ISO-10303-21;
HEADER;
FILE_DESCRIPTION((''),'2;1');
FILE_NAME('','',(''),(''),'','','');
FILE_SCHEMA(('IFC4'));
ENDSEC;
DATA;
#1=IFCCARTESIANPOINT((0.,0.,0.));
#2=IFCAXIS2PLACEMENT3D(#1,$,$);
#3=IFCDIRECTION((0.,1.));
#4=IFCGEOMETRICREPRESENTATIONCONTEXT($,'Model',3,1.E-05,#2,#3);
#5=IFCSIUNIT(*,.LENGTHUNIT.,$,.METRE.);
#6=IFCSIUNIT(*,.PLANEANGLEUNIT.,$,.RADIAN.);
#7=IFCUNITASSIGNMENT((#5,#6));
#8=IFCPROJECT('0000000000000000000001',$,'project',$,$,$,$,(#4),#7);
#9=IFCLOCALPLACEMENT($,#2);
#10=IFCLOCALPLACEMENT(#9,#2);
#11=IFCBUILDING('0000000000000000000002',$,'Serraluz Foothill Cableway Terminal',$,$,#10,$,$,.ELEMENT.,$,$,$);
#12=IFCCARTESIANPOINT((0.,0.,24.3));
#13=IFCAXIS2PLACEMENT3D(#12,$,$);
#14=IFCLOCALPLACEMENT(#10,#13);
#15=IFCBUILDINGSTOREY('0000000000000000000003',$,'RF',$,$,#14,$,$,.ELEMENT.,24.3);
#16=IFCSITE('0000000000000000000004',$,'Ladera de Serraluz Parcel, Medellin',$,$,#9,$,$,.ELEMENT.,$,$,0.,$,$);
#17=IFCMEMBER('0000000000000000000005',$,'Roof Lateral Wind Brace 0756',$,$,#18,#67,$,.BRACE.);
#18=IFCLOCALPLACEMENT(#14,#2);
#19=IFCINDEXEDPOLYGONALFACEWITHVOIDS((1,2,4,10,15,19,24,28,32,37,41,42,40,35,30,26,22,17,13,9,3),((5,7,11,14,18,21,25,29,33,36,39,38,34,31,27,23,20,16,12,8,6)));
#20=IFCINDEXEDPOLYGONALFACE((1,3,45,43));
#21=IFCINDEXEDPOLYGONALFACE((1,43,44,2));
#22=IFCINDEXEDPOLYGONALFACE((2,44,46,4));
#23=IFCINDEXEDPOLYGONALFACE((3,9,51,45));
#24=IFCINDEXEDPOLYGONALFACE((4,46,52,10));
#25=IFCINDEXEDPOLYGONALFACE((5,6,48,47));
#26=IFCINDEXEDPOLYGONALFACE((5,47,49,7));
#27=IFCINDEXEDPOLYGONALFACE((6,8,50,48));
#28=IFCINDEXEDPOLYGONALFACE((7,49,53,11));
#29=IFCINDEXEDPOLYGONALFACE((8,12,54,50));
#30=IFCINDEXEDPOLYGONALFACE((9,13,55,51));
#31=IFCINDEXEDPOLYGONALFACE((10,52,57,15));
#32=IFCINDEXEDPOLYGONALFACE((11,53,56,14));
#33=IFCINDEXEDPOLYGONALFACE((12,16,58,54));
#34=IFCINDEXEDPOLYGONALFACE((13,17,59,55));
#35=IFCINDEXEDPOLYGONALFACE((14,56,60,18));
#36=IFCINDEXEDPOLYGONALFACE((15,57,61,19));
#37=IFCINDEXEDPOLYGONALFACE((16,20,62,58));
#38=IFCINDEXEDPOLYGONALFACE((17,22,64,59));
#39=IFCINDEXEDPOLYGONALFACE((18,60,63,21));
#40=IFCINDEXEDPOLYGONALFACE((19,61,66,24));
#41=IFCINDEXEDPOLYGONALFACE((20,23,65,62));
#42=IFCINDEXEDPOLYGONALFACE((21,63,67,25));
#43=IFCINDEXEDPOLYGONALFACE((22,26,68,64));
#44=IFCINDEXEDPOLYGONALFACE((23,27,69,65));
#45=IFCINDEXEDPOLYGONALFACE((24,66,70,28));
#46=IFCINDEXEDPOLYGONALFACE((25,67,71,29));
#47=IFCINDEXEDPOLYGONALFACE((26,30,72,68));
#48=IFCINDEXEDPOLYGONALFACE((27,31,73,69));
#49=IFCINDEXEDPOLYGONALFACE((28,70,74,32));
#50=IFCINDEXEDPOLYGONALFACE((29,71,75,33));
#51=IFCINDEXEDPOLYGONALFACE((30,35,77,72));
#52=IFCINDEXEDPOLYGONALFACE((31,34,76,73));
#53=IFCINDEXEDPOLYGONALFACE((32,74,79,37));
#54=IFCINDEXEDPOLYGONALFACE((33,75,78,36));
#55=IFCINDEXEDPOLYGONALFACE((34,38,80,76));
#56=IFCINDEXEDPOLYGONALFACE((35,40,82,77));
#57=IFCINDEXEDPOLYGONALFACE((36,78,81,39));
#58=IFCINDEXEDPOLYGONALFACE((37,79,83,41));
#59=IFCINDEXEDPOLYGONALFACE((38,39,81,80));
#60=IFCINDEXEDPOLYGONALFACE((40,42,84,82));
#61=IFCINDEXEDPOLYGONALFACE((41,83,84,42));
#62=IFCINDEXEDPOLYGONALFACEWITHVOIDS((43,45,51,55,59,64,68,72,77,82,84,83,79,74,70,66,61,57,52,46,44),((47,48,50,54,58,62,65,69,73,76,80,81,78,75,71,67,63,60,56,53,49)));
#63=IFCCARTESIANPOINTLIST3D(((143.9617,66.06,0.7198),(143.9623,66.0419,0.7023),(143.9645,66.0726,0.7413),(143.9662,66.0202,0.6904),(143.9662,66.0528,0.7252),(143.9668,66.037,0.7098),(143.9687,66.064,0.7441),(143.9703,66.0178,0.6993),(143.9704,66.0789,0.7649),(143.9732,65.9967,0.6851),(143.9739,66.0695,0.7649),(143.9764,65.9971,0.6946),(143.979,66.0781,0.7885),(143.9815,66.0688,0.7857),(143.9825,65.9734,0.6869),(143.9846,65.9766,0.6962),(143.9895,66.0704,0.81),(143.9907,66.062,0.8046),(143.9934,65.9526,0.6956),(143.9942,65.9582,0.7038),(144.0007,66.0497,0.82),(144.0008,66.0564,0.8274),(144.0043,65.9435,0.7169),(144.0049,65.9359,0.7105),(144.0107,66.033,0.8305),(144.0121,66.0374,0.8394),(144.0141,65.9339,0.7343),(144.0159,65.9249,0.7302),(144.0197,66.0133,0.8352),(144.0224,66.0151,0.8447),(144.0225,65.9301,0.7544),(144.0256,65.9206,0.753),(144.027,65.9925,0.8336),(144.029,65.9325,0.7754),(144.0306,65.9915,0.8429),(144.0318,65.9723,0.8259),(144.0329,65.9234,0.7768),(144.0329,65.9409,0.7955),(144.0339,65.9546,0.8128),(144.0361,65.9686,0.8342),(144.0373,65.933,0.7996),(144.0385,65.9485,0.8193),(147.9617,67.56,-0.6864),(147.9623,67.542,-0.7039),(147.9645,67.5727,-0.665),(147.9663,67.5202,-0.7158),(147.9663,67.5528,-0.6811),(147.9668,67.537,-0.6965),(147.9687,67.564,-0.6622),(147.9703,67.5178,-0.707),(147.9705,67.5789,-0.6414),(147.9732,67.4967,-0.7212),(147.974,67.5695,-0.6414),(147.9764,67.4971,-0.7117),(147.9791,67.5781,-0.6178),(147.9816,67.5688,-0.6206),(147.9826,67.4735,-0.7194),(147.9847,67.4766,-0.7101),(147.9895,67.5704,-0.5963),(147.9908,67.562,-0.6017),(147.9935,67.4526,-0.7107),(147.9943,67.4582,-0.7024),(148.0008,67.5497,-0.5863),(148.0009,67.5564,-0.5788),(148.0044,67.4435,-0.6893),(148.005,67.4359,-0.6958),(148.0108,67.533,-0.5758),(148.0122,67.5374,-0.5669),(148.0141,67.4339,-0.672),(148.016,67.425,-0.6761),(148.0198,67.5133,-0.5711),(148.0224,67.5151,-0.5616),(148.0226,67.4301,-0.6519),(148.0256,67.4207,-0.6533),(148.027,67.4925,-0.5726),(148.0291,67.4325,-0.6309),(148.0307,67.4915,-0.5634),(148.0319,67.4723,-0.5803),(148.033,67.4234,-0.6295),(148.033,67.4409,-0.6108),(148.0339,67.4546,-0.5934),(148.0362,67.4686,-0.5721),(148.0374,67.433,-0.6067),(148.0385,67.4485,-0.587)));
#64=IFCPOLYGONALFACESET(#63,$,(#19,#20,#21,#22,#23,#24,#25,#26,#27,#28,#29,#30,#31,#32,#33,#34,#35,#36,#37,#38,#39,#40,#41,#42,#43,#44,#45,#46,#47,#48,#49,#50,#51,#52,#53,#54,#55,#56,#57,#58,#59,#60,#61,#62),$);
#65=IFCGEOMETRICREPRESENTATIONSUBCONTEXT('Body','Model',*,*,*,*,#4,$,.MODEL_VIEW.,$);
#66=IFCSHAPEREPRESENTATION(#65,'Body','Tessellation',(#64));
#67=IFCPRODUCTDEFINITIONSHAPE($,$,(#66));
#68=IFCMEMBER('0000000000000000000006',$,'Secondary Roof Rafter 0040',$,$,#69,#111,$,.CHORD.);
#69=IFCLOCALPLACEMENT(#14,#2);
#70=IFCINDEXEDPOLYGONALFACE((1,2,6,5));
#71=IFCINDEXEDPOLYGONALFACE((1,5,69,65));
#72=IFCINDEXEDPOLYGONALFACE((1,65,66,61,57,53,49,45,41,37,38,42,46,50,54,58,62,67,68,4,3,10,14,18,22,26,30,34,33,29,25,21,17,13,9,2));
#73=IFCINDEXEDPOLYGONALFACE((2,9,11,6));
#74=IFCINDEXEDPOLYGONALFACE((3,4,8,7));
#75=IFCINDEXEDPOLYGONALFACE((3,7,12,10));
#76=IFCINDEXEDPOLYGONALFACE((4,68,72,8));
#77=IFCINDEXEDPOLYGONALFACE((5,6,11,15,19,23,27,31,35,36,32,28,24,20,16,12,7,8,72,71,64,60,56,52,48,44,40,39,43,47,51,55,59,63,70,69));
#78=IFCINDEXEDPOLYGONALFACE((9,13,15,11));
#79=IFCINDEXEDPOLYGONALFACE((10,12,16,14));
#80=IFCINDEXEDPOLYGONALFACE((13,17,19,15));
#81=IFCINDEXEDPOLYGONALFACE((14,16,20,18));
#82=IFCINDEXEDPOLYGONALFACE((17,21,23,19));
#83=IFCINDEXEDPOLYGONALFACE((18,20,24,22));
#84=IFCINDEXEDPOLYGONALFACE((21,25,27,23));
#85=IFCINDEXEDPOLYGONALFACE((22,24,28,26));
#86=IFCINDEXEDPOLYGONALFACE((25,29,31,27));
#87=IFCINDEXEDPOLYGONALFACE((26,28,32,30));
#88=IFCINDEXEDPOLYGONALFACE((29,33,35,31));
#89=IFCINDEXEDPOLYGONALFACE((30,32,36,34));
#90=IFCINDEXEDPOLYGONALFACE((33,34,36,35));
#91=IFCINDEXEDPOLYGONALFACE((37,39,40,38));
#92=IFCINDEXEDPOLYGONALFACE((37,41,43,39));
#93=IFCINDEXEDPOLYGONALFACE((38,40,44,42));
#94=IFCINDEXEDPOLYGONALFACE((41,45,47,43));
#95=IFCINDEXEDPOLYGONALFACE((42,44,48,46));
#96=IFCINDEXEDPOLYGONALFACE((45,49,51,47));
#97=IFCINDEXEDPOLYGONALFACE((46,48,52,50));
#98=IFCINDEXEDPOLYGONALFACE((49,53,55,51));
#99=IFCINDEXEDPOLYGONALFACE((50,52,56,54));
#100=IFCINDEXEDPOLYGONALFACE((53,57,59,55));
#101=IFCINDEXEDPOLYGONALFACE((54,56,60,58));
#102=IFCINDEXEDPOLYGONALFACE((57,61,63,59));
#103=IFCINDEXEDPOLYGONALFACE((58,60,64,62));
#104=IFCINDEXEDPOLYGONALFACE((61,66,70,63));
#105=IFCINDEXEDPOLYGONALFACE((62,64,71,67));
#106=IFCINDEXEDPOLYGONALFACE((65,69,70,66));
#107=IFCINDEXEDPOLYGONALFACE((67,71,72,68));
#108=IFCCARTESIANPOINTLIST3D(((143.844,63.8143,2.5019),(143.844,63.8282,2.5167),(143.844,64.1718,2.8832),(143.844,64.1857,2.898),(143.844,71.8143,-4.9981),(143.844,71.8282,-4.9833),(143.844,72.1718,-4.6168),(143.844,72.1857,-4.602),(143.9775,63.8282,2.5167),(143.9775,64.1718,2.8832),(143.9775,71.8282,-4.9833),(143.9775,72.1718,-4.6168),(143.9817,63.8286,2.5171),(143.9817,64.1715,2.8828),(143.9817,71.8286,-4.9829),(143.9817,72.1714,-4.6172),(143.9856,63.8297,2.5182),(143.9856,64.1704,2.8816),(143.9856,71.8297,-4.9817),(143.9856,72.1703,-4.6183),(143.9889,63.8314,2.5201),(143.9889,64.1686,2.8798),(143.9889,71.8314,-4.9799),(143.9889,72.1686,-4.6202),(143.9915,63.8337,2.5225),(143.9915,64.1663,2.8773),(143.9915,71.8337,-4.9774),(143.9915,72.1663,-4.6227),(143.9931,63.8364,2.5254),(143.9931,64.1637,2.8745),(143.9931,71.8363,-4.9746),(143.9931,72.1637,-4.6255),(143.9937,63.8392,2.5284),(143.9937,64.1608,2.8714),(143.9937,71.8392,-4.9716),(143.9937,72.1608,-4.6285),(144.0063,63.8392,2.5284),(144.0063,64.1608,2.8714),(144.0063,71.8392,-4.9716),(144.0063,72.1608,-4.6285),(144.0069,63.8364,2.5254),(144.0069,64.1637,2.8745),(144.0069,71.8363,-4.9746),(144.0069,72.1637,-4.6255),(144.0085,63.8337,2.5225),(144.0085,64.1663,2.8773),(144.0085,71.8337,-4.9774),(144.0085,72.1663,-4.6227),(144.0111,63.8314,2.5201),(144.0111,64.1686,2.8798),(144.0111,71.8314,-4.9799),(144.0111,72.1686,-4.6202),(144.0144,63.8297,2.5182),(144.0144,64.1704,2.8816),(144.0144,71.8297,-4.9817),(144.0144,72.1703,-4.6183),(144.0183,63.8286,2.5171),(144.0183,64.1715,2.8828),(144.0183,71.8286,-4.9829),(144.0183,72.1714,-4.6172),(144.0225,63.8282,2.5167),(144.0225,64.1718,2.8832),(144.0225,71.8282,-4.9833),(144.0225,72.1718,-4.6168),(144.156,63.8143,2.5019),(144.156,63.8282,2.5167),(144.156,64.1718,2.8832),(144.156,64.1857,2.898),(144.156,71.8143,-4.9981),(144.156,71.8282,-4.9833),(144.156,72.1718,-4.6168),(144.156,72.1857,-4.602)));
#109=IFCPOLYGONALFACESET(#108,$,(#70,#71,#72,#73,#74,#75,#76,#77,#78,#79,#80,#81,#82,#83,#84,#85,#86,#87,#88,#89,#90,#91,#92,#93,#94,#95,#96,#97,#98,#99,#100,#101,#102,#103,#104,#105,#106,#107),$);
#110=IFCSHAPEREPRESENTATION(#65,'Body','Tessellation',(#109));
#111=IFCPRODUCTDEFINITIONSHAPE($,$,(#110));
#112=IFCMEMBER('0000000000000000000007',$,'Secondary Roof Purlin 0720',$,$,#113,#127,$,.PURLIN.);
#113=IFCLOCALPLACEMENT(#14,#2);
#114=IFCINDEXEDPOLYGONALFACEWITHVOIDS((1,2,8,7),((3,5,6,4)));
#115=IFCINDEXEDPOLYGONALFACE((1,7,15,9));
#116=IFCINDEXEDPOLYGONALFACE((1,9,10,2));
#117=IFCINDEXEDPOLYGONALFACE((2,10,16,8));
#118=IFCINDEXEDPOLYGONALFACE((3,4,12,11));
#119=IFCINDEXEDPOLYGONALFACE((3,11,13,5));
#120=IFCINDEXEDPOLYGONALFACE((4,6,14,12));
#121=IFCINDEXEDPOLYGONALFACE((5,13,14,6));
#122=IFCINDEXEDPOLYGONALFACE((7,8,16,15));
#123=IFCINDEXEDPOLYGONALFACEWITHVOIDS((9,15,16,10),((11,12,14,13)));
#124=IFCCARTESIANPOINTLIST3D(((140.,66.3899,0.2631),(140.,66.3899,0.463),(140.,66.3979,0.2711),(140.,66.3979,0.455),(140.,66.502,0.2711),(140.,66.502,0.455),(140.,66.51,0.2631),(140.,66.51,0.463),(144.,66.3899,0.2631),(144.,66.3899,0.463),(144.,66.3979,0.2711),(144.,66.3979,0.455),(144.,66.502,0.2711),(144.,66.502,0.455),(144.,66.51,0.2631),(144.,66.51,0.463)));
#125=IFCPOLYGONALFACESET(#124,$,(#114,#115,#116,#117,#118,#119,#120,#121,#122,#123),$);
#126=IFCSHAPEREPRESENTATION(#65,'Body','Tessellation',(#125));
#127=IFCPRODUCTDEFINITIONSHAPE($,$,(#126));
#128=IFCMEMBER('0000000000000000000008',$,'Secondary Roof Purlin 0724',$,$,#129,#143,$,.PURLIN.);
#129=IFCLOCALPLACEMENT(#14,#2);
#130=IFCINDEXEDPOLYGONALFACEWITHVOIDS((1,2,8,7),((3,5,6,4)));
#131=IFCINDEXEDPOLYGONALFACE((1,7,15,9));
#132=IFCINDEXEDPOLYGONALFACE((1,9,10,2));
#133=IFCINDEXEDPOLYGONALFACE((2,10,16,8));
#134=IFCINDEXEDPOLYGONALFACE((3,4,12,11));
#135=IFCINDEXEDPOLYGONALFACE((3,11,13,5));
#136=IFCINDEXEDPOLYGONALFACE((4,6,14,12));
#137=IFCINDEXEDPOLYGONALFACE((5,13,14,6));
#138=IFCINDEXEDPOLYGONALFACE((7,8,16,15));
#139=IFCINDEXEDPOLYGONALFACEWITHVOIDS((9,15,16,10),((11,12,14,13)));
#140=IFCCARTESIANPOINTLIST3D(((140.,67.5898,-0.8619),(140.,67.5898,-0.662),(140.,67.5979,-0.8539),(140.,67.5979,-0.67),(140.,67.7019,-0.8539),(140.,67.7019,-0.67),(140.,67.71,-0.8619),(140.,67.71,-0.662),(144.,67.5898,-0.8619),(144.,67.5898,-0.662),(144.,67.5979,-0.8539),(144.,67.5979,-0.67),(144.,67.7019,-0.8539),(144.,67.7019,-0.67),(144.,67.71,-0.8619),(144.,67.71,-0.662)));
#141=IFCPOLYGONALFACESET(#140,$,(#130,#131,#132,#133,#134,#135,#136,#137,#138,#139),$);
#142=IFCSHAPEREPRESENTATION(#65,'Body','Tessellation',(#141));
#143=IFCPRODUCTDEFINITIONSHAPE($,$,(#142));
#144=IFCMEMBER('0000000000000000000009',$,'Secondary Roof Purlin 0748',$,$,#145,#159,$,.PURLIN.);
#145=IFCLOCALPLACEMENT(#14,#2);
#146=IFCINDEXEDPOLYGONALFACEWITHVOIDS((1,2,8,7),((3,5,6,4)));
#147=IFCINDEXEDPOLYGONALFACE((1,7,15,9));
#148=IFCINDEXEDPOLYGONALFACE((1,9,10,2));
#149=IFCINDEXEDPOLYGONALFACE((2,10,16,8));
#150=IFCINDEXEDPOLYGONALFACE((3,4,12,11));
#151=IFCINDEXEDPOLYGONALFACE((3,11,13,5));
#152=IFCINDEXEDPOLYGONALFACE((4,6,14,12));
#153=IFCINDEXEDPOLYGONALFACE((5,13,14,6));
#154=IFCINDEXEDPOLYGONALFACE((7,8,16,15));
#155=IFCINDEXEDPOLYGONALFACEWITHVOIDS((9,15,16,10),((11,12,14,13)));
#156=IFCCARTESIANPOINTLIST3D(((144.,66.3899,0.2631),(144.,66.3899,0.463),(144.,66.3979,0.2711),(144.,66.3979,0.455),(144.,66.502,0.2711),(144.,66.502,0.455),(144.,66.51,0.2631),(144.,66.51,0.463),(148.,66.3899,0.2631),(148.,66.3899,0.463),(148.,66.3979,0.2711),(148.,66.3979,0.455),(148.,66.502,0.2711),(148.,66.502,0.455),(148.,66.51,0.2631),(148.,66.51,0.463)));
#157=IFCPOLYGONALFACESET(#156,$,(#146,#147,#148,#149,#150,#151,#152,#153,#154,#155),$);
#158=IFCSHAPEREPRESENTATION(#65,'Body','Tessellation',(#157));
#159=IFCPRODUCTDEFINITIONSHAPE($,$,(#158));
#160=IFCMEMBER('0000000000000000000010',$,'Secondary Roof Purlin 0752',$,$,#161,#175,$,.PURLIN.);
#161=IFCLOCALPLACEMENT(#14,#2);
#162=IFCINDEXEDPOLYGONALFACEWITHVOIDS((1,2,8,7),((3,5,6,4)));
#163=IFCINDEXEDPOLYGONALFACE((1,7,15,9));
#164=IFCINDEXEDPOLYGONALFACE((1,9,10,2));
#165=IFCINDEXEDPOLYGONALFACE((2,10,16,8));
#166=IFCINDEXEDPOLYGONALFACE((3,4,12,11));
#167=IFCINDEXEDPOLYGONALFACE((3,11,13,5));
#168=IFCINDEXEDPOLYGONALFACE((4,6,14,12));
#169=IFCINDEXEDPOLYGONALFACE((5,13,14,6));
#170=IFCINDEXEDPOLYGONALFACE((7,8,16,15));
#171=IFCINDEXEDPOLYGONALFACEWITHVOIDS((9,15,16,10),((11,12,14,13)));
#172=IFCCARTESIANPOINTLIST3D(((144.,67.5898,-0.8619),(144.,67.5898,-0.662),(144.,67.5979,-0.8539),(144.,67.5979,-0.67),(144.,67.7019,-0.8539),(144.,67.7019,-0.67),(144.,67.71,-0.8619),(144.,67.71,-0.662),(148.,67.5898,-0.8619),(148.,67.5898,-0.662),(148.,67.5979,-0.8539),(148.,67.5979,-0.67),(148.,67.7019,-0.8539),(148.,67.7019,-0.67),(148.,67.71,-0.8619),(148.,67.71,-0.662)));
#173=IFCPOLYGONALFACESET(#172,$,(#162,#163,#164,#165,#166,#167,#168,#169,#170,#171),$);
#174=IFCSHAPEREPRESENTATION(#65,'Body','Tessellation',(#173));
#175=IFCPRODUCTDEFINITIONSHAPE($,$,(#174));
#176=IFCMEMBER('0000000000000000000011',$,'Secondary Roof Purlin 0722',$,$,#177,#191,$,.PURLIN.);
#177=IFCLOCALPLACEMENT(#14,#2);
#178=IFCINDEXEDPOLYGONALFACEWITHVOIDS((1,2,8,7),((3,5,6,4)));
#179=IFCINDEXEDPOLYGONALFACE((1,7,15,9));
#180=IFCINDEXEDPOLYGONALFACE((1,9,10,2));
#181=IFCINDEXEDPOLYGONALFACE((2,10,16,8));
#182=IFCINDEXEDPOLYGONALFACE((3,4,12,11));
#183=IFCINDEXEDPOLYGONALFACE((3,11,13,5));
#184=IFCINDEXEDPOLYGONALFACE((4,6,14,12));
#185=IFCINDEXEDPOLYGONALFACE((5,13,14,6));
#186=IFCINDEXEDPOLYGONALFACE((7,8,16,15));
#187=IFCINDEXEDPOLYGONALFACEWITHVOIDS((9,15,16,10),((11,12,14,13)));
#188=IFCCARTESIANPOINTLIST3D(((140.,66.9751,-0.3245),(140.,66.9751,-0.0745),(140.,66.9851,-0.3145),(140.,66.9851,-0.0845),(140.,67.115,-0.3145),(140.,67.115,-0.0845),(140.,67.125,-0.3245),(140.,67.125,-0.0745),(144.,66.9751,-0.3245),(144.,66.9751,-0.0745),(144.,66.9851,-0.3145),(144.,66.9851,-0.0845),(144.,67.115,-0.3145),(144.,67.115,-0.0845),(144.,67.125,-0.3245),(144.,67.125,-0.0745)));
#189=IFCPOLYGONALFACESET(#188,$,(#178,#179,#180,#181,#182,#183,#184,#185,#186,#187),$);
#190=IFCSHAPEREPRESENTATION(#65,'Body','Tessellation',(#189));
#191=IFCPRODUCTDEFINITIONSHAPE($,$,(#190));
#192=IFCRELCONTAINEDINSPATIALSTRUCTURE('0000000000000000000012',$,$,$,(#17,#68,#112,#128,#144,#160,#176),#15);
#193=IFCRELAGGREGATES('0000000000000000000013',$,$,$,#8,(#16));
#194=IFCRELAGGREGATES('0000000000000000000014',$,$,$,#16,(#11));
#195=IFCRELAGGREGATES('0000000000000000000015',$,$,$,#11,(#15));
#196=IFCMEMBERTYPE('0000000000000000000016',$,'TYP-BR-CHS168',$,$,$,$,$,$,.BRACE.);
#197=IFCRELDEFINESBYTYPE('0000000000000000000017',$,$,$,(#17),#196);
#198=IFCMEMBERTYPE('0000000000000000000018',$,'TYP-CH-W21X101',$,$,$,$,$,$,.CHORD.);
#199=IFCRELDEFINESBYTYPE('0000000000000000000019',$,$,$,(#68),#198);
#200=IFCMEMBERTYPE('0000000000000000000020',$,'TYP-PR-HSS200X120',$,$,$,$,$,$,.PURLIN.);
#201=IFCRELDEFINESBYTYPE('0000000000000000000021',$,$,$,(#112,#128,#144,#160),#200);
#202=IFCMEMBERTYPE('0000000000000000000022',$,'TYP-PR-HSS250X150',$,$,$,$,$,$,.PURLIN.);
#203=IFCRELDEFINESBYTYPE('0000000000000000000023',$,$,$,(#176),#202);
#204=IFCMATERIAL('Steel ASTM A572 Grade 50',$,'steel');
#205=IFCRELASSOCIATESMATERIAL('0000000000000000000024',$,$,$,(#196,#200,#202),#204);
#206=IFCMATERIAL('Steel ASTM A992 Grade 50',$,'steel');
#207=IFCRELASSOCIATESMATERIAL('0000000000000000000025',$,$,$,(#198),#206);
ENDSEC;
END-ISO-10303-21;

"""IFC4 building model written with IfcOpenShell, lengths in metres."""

from ifc_helpers import new_model, si_unit, direction, frame, origin, origin_2d, place, context, subcontext, project, spatial, hollow_rectangle, hollow_circle, i_section, extrude, material, material_profile, profile_set, type_object, element, save


model = new_model("IFC4")

# Units and contexts
model_context = context("Model", 3, precision=1e-05, world=origin(), true_north=direction((0.0, 1.0)))
body_context = subcontext(model_context, "Body", "Model", "MODEL_VIEW")
ifc_project = project(units=[si_unit("LENGTHUNIT", "METRE"), si_unit("PLANEANGLEUNIT", "RADIAN")], contexts=[model_context])

# Site, building, storey
site_placement = place(None, origin())
site = spatial("IfcSite", under=ifc_project, at=site_placement, Name="Ladera de Serraluz Parcel, Medellin", CompositionType="ELEMENT", RefElevation=0.0)
building_placement = place(site_placement, origin())
building = spatial("IfcBuilding", under=site, at=building_placement, Name="Serraluz Foothill Cableway Terminal", CompositionType="ELEMENT")
storey_placement = place(building_placement, frame((0.0, 0.0, 24.3)))
storey = spatial("IfcBuildingStorey", under=building, at=storey_placement, Name="RF", CompositionType="ELEMENT", Elevation=24.3)

# Members
ifc_material_1 = material(Name="Steel ASTM A572 Grade 50", Category="steel")
ifc_material_profile_1 = material_profile(ifc_material_1, hollow_circle(Radius=0.0842, WallThickness=0.01, at=origin_2d()), Name="CHS168X10")
ifc_profile_set_1 = profile_set([ifc_material_profile_1], Name="Steel ASTM A572 Grade 50")
member_type_1 = type_object("IfcMemberType", Name="TYP-BR-CHS168", PredefinedType="BRACE", material=ifc_profile_set_1)
member_1_placement = place(storey_placement, frame((144.0, 66.0, 0.7649), z_axis=(0.889382, 0.333518, -0.312673), x_axis=(-0.351123, 0.936329, 0.0)))
element("IfcMember", 1, at=member_1_placement, inside=storey, type_object=member_type_1, Name="Roof Lateral Wind Brace 0756", PredefinedType="BRACE", context=body_context, shape_type="SweptSolid", body=[
    extrude(hollow_circle(Radius=0.0842, WallThickness=0.01, at=origin_2d()), origin(), (0.0, 0.0, 1.0), 4.4976),
])
ifc_material_2 = material(Name="Steel ASTM A992 Grade 50", Category="steel")
ifc_material_profile_2 = material_profile(ifc_material_2, i_section(OverallWidth=0.312, OverallDepth=0.543, WebThickness=0.0127, FlangeThickness=0.0203, FilletRadius=0.0161, at=origin_2d()), Name="W21X101")
ifc_profile_set_2 = profile_set([ifc_material_profile_2], Name="Steel ASTM A992 Grade 50")
member_type_2 = type_object("IfcMemberType", Name="TYP-CH-W21X101", PredefinedType="CHORD", material=ifc_profile_set_2)
member_2_placement = place(storey_placement, frame((144.0, 72.0, -4.8), z_axis=(0.0, -0.729537, 0.683941), x_axis=(1.0, 0.0, 0.0)))
element("IfcMember", 2, at=member_2_placement, inside=storey, type_object=member_type_2, Name="Secondary Roof Rafter 0040", PredefinedType="CHORD", context=body_context, shape_type="SweptSolid", body=[
    extrude(i_section(OverallWidth=0.312, OverallDepth=0.543, WebThickness=0.0127, FlangeThickness=0.0203, FilletRadius=0.0161, at=origin_2d()), origin(), (0.0, 0.0, 1.0), 10.9658),
])
ifc_material_profile_3 = material_profile(ifc_material_1, hollow_rectangle(XDim=0.1201, YDim=0.2, WallThickness=0.0081, at=origin_2d()), Name="HSS200X120X8")
ifc_profile_set_3 = profile_set([ifc_material_profile_3], Name="Steel ASTM A572 Grade 50")
member_type_3 = type_object("IfcMemberType", Name="TYP-PR-HSS200X120", PredefinedType="PURLIN", material=ifc_profile_set_3)
for number, where, z_axis, x_axis, name in (
    (3, (140.0, 66.45, 0.363), (1.0, 0.0, 0.0), (0.0, 1.0, 0.0), "Secondary Roof Purlin 0720"),
    (4, (140.0, 67.6499, -0.762), (1.0, 0.0, 0.0), (0.0, 1.0, 0.0), "Secondary Roof Purlin 0724"),
    (5, (144.0, 66.45, 0.363), (1.0, 0.0, 0.0), (0.0, 1.0, 0.0), "Secondary Roof Purlin 0748"),
    (6, (144.0, 67.6499, -0.762), (1.0, 0.0, 0.0), (0.0, 1.0, 0.0), "Secondary Roof Purlin 0752"),
):
    element("IfcMember", number, at=place(storey_placement, frame(where, z_axis=z_axis, x_axis=x_axis)), inside=storey, type_object=member_type_3, Name=name, PredefinedType="PURLIN", context=body_context, shape_type="SweptSolid", body=[
        extrude(hollow_rectangle(XDim=0.1201, YDim=0.2, WallThickness=0.0081, at=origin_2d()), origin(), (0.0, 0.0, 1.0), 4.0),
    ])
ifc_material_profile_4 = material_profile(ifc_material_1, hollow_rectangle(XDim=0.1499, YDim=0.25, WallThickness=0.01, at=origin_2d()), Name="HSS250X150X10")
ifc_profile_set_4 = profile_set([ifc_material_profile_4], Name="Steel ASTM A572 Grade 50")
member_type_4 = type_object("IfcMemberType", Name="TYP-PR-HSS250X150", PredefinedType="PURLIN", material=ifc_profile_set_4)
for number, where, z_axis, x_axis, name in (
    (7, (140.0, 67.05, -0.1995), (1.0, 0.0, 0.0), (0.0, 1.0, 0.0), "Secondary Roof Purlin 0722"),
):
    element("IfcMember", number, at=place(storey_placement, frame(where, z_axis=z_axis, x_axis=x_axis)), inside=storey, type_object=member_type_4, Name=name, PredefinedType="PURLIN", context=body_context, shape_type="SweptSolid", body=[
        extrude(hollow_rectangle(XDim=0.1499, YDim=0.25, WallThickness=0.01, at=origin_2d()), origin(), (0.0, 0.0, 1.0), 4.0),
    ])

save(model, "model.ifc")
